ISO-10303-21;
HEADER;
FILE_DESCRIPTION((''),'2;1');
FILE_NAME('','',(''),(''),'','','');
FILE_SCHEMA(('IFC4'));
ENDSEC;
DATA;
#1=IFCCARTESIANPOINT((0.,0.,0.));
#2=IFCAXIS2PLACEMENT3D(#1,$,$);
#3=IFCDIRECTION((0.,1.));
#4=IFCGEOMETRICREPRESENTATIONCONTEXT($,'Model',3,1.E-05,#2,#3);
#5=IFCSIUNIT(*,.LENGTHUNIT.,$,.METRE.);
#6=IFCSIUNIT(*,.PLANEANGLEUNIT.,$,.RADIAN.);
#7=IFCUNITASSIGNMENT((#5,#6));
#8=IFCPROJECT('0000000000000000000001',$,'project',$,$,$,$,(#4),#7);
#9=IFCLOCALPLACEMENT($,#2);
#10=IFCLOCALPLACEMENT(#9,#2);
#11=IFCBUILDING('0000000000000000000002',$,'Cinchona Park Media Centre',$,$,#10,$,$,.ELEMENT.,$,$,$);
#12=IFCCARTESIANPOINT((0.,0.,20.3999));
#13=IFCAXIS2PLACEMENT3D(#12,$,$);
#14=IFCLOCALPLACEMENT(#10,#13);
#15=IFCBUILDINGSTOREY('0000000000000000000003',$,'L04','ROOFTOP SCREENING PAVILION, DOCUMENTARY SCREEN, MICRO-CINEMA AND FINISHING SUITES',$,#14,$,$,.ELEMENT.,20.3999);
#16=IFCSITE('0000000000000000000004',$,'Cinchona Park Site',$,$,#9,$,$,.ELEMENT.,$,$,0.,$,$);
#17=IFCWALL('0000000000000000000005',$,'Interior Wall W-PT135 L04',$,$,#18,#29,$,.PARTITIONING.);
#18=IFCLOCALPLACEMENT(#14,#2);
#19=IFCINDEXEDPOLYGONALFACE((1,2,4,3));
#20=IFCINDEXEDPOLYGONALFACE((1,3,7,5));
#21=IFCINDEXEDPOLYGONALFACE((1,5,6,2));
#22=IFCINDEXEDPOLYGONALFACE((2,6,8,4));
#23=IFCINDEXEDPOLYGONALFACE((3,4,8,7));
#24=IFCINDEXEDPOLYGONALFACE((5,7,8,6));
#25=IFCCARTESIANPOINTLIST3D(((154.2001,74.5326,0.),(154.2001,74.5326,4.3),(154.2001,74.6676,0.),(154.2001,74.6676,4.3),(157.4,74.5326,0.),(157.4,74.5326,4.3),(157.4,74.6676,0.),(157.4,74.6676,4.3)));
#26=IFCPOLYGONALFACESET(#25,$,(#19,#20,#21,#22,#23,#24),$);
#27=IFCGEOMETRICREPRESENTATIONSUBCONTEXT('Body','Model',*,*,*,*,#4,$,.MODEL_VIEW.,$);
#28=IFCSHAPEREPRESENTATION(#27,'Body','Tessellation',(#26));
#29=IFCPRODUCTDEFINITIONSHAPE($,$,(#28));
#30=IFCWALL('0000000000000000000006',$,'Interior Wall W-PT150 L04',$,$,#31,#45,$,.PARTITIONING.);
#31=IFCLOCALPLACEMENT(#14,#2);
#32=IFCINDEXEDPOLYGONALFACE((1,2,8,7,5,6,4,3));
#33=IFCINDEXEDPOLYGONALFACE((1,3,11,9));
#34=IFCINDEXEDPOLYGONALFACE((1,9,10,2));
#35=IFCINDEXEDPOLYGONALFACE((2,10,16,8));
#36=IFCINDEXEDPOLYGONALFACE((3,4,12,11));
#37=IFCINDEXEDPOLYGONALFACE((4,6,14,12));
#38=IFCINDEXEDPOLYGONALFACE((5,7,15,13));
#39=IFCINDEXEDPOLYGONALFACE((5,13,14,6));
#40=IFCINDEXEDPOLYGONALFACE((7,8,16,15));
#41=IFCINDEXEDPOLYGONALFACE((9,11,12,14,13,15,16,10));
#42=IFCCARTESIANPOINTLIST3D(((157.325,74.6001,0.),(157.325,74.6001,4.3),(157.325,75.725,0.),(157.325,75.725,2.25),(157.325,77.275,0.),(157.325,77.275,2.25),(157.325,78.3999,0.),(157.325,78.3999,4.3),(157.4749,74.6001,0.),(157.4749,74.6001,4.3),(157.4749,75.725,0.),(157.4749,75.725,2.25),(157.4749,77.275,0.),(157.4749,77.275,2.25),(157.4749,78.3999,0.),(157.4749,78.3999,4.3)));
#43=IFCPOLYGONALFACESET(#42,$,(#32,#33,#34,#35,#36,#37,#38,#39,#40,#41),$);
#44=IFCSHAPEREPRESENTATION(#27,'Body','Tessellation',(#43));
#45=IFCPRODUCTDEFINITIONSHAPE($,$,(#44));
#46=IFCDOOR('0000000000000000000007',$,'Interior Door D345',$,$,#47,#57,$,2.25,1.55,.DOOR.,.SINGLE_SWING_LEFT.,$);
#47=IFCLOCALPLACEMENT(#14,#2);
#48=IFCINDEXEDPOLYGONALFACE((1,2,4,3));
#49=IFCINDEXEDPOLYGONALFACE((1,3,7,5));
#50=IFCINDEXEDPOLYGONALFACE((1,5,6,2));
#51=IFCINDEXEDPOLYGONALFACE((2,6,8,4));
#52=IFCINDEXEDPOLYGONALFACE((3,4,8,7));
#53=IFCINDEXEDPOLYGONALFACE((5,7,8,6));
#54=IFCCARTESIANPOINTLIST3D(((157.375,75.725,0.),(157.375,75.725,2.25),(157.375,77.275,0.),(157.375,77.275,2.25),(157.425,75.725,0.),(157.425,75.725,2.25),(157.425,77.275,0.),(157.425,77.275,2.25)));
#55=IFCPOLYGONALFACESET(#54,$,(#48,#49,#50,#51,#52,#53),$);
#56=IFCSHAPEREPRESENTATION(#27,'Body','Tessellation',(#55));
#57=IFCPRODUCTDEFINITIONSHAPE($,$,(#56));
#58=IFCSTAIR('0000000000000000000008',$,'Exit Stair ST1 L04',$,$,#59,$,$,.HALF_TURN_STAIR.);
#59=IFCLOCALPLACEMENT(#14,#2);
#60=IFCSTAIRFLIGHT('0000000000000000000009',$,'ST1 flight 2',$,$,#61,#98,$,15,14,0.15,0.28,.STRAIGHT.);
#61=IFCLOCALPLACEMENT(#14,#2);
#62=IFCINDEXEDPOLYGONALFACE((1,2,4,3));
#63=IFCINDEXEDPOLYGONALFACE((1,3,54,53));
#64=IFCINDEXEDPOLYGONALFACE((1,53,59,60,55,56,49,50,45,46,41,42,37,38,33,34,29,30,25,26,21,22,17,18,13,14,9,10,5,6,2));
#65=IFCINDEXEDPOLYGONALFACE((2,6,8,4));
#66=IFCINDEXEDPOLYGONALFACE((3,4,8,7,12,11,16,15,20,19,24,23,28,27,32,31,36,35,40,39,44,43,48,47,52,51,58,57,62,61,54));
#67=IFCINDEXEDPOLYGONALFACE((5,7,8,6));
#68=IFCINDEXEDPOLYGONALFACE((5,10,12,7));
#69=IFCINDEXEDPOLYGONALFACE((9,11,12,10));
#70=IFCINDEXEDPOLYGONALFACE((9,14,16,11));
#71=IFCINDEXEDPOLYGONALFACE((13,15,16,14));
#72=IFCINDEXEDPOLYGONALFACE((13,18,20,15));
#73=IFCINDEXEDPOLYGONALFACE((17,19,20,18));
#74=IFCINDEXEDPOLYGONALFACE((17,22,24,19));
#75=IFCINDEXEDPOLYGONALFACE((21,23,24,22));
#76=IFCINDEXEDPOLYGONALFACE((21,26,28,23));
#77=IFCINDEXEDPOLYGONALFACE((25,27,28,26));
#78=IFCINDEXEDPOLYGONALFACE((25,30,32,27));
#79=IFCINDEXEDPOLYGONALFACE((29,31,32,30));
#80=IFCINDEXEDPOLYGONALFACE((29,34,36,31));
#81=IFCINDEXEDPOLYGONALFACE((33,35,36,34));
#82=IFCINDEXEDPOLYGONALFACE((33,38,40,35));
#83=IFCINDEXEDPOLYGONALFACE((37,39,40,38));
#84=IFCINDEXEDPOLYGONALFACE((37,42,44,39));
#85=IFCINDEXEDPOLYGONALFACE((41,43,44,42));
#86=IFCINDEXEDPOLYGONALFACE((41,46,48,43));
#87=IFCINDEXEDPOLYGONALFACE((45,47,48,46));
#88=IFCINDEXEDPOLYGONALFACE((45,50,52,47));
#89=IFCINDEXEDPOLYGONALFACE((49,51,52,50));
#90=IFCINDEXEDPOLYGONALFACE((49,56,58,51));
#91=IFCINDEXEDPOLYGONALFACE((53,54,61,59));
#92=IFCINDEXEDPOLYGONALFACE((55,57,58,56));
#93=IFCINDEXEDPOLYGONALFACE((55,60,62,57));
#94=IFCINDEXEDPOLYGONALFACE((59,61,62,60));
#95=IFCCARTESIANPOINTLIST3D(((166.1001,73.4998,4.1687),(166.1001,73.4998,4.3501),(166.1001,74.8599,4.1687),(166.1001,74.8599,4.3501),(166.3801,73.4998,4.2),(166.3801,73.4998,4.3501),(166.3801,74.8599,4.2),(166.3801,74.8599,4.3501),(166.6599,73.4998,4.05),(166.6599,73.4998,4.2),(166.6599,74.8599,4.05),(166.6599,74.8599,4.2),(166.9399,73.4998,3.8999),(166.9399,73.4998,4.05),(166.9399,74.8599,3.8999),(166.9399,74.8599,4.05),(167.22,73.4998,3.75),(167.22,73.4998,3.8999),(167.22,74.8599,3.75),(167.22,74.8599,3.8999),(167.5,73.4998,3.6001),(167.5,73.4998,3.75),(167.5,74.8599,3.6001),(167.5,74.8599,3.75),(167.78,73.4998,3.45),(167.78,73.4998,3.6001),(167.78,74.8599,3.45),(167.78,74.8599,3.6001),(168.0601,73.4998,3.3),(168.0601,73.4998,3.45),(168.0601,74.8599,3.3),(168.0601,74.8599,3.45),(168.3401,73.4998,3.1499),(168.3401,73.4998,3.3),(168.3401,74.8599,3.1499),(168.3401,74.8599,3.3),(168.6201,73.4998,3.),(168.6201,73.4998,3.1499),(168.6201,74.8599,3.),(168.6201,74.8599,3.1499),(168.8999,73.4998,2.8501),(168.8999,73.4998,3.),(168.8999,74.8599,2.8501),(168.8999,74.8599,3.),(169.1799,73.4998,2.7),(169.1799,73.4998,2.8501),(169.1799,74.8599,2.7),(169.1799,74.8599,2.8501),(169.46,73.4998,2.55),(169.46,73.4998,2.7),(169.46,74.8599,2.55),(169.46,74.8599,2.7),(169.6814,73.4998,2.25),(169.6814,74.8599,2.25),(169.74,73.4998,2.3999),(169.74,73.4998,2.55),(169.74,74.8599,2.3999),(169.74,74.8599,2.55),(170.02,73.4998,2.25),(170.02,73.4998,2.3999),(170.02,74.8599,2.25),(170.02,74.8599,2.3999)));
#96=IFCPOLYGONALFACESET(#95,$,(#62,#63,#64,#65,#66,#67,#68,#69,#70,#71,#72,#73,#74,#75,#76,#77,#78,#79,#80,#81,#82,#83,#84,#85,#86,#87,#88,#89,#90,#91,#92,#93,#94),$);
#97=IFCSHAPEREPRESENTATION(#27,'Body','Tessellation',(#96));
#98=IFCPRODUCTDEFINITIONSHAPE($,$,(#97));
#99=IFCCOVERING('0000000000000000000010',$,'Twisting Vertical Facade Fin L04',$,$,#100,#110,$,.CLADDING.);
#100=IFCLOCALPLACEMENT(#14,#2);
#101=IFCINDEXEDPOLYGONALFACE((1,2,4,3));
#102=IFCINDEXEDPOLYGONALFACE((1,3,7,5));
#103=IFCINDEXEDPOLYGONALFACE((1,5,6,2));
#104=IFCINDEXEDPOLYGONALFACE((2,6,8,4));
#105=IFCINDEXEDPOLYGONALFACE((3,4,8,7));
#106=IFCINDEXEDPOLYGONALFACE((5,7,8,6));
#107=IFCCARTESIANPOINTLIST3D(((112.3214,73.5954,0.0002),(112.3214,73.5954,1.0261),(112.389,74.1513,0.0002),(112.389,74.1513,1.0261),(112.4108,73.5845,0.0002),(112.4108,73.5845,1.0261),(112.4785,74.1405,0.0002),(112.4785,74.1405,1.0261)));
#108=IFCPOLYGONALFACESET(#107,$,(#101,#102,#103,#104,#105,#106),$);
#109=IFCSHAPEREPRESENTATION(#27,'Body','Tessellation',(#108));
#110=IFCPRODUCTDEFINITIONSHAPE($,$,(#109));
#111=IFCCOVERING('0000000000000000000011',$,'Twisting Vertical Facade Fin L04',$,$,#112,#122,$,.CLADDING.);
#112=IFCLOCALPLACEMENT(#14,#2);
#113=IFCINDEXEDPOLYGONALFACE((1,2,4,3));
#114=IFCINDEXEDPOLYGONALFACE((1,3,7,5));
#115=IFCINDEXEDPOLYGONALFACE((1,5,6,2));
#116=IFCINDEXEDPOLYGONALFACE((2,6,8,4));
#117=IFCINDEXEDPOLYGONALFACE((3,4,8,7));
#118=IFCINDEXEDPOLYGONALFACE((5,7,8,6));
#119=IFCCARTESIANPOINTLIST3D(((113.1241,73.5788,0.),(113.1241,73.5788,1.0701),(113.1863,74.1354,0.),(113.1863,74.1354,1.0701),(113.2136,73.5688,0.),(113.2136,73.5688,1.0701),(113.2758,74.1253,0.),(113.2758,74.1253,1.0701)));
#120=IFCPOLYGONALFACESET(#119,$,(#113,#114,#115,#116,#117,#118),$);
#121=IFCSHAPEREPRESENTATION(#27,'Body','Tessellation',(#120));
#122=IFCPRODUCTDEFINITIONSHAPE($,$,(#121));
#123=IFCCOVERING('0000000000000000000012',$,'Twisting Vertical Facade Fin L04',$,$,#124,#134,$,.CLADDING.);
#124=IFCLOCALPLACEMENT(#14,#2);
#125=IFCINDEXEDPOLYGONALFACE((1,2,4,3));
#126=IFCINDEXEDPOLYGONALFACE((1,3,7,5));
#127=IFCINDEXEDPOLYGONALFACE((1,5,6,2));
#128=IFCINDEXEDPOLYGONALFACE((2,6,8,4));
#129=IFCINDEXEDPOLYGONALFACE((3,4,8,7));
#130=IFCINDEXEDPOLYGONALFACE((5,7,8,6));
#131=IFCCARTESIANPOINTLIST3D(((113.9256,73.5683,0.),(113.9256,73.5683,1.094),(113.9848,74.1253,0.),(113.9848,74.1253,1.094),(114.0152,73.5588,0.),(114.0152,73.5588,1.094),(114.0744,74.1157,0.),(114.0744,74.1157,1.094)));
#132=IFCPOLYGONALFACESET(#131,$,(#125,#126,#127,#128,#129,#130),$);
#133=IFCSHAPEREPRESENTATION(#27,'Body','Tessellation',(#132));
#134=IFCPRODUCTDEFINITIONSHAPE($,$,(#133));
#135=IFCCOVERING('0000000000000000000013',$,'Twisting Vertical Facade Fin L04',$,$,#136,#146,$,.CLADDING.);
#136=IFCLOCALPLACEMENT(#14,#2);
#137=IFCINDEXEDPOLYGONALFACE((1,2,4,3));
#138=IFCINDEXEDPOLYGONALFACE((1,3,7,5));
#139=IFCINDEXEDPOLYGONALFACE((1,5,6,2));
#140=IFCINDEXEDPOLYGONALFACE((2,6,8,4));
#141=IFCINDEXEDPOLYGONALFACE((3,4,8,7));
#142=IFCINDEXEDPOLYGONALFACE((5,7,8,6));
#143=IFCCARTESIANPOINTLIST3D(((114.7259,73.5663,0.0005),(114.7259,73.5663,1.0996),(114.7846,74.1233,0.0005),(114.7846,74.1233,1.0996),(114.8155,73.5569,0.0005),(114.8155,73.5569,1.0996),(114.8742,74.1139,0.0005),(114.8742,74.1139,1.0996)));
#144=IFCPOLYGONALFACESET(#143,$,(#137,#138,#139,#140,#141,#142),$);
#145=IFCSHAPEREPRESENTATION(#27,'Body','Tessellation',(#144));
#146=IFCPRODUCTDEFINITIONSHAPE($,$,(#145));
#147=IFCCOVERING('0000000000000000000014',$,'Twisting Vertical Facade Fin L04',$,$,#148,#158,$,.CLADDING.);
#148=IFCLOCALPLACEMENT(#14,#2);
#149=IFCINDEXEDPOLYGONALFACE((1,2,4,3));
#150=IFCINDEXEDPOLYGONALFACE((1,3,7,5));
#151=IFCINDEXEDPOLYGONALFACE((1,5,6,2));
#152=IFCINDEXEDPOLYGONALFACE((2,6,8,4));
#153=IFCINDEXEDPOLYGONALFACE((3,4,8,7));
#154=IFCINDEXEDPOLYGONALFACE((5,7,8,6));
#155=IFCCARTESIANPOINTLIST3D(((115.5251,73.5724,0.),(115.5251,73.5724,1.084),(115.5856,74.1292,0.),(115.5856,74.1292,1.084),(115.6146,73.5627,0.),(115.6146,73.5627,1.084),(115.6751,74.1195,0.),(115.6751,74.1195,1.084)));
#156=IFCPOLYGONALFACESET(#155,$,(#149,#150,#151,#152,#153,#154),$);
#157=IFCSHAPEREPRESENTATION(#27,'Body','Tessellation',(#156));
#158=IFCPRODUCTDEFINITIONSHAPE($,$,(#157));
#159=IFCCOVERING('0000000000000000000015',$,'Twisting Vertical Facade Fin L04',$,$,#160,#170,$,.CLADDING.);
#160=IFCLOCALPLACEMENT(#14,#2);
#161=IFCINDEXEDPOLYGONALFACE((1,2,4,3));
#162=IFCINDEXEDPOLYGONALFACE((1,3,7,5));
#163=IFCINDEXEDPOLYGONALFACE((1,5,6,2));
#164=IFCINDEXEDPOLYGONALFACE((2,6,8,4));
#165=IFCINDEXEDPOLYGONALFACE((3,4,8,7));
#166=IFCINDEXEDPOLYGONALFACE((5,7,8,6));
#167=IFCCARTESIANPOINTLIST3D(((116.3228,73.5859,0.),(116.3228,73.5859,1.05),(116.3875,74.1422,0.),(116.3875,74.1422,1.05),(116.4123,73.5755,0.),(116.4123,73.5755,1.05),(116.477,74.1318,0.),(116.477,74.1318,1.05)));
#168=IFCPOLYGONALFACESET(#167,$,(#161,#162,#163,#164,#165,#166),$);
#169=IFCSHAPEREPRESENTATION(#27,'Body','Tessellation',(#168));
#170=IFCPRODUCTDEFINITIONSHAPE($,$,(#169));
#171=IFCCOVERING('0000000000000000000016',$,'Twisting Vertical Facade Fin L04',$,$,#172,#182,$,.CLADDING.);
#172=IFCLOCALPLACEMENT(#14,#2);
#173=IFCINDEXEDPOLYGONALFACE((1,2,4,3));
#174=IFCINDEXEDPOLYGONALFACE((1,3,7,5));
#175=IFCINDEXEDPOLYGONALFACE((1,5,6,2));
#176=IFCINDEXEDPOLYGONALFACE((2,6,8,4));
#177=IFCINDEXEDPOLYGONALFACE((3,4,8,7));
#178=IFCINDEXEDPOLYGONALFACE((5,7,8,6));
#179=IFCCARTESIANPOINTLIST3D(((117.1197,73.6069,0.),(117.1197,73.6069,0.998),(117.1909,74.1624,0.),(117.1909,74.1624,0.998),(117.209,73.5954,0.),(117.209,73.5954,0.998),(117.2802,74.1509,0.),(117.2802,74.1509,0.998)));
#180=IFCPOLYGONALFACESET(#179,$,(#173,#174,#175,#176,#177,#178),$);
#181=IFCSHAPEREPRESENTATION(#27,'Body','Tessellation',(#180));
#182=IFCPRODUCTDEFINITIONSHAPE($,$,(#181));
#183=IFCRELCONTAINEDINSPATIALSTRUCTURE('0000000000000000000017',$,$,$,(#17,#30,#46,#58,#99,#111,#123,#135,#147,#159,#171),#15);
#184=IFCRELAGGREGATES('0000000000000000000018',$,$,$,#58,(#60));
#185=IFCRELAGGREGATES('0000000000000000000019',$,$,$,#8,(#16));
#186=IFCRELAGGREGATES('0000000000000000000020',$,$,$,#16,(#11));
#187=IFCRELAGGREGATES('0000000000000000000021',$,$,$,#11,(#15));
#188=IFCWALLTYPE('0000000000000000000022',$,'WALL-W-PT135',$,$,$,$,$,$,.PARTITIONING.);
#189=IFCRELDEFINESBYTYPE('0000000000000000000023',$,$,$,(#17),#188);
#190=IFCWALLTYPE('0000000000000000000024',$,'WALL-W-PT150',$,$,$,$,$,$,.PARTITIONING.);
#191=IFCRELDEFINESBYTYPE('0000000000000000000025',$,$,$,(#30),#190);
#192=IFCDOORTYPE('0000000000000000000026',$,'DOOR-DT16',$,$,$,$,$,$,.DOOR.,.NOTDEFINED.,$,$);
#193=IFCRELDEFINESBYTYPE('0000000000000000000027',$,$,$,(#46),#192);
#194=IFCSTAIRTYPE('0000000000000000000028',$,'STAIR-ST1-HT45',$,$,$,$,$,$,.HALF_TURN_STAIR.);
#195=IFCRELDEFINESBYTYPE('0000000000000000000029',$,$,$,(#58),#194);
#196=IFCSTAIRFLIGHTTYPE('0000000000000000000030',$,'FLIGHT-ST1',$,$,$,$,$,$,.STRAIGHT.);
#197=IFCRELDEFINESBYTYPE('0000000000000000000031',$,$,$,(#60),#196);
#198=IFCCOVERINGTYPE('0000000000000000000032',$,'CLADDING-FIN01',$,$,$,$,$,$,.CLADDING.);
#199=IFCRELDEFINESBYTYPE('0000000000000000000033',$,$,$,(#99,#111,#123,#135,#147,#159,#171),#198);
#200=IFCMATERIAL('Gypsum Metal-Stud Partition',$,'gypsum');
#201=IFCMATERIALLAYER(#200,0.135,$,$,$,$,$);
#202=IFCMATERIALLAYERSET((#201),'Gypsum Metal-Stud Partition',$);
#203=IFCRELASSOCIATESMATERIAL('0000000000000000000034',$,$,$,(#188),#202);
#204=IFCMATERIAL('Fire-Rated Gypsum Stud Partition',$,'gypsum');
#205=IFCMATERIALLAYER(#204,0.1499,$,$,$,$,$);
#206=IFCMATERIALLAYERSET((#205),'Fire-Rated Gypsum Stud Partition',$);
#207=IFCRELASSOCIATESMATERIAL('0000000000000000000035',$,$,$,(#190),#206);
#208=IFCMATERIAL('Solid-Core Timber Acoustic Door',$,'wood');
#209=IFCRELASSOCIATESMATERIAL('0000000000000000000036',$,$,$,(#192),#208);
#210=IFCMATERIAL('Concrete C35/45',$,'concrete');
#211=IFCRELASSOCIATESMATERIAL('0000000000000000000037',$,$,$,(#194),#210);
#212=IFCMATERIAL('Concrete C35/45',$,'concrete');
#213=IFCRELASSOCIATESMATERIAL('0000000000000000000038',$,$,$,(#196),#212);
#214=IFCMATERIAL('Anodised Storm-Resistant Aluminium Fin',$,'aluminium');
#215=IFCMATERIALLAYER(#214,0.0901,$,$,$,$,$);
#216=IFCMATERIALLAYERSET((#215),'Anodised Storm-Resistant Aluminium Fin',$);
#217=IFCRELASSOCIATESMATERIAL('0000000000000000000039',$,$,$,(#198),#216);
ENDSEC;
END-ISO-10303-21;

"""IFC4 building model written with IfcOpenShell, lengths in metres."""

from ifc_helpers import new_model, si_unit, direction, frame, frame_2d, origin, origin_2d, place, context, subcontext, project, spatial, polyline, rectangle, outline, extrude, material, layer, layer_set, type_object, element, fill, aggregate, save


model = new_model("IFC4")

# Units and contexts
model_context = context("Model", 3, precision=1e-05, world=origin(), true_north=direction((0.0, 1.0)))
body_context = subcontext(model_context, "Body", "Model", "MODEL_VIEW")
ifc_project = project(units=[si_unit("LENGTHUNIT", "METRE"), si_unit("PLANEANGLEUNIT", "RADIAN")], contexts=[model_context])

# Site, building, storey
site_placement = place(None, origin())
site = spatial("IfcSite", under=ifc_project, at=site_placement, Name="Cinchona Park Site", CompositionType="ELEMENT", RefElevation=0.0)
building_placement = place(site_placement, origin())
building = spatial("IfcBuilding", under=site, at=building_placement, Name="Cinchona Park Media Centre", CompositionType="ELEMENT")
storey_placement = place(building_placement, frame((0.0, 0.0, 20.3999)))
storey = spatial("IfcBuildingStorey", under=building, at=storey_placement, Name="L04", Description="ROOFTOP SCREENING PAVILION, DOCUMENTARY SCREEN, MICRO-CINEMA AND FINISHING SUITES", CompositionType="ELEMENT", Elevation=20.3999)

# Wall
ifc_material_1 = material(Name="Gypsum Metal-Stud Partition", Category="gypsum")
ifc_layer_1 = layer(ifc_material_1, 0.135)
ifc_layer_set_1 = layer_set([ifc_layer_1], Name="Gypsum Metal-Stud Partition")
wall_type_1 = type_object("IfcWallType", Name="WALL-W-PT135", PredefinedType="PARTITIONING", material=ifc_layer_set_1)
wall_1_placement = place(storey_placement, frame((154.2, 74.6001, 0.0), z_axis=(0.0, 0.0, 1.0), x_axis=(1.0, 0.0, 0.0)))
element("IfcWall", 1, at=wall_1_placement, inside=storey, type_object=wall_type_1, Name="Interior Wall W-PT135 L04", PredefinedType="PARTITIONING", context=body_context, shape_type="SweptSolid", body=[
    extrude(rectangle(XDim=3.2, YDim=0.135, at=frame_2d((1.6001, 0.0))), origin(), (0.0, 0.0, 1.0), 4.3),
])

# Wall, opening, door
ifc_material_2 = material(Name="Fire-Rated Gypsum Stud Partition", Category="gypsum")
ifc_layer_2 = layer(ifc_material_2, 0.1499)
ifc_layer_set_2 = layer_set([ifc_layer_2], Name="Fire-Rated Gypsum Stud Partition")
wall_type_2 = type_object("IfcWallType", Name="WALL-W-PT150", PredefinedType="PARTITIONING", material=ifc_layer_set_2)
wall_2_placement = place(storey_placement, frame((157.3999, 74.6001, 0.0), z_axis=(0.0, 0.0, 1.0), x_axis=(0.0, 1.0, 0.0)))
wall_2 = element("IfcWall", 2, at=wall_2_placement, inside=storey, type_object=wall_type_2, Name="Interior Wall W-PT150 L04", PredefinedType="PARTITIONING", context=body_context, shape_type="SweptSolid", body=[
    extrude(rectangle(XDim=3.7998, YDim=0.1499, at=frame_2d((1.8999, 0.0))), origin(), (0.0, 0.0, 1.0), 4.3),
])
opening_placement = place(wall_2_placement, frame((1.125, 0.0, 0.0)))
opening = element("IfcOpeningElement", 3, at=opening_placement, cuts=wall_2, PredefinedType="OPENING", context=body_context, shape_type="SweptSolid", body=[
    extrude(rectangle(XDim=1.55, YDim=2.25, at=frame_2d((0.7749, 1.125))), frame((0.0, 0.085, 0.0), z_axis=(0.0, -1.0, 0.0), x_axis=(1.0, 0.0, 0.0)), (0.0, 0.0, 1.0), 0.1699),
])
ifc_material_3 = material(Name="Solid-Core Timber Acoustic Door", Category="wood")
door_type = type_object("IfcDoorType", Name="DOOR-DT16", OperationType="NOTDEFINED", PredefinedType="DOOR", material=ifc_material_3)
door_placement = place(opening_placement, origin())
door = element("IfcDoor", 4, at=door_placement, inside=storey, type_object=door_type, Name="Interior Door D345", OperationType="SINGLE_SWING_LEFT", OverallHeight=2.25, OverallWidth=1.55, PredefinedType="DOOR", context=body_context, shape_type="SweptSolid", body=[
    extrude(rectangle(XDim=1.55, YDim=2.25, at=frame_2d((0.7749, 1.125))), frame((0.0, 0.0249, 0.0), z_axis=(0.0, -1.0, 0.0), x_axis=(1.0, 0.0, 0.0)), (0.0, 0.0, 1.0), 0.05),
])
fill(opening, door)

# Stair, stair flight
ifc_material_4 = material(Name="Concrete C35/45", Category="concrete")
stair_type = type_object("IfcStairType", Name="STAIR-ST1-HT45", PredefinedType="HALF_TURN_STAIR", material=ifc_material_4)
stair_placement = place(storey_placement, origin())
stair = element("IfcStair", 5, at=stair_placement, inside=storey, type_object=stair_type, Name="Exit Stair ST1 L04", PredefinedType="HALF_TURN_STAIR")
ifc_material_5 = material(Name="Concrete C35/45", Category="concrete")
stair_flight_type = type_object("IfcStairFlightType", Name="FLIGHT-ST1", PredefinedType="STRAIGHT", material=ifc_material_5)
stair_flight_placement = place(storey_placement, frame((170.02, 74.1799, 2.25), z_axis=(0.0, 0.0, 1.0), x_axis=(-1.0, 0.0, 0.0)))
stair_flight = element("IfcStairFlight", 6, at=stair_flight_placement, type_object=stair_flight_type, Name="ST1 flight 2", NumberOfRisers=15, NumberOfTreads=14, PredefinedType="STRAIGHT", RiserHeight=0.15, TreadLength=0.28, context=body_context, shape_type="SweptSolid", body=[
    extrude(outline(polyline([(0.0, 0.0), (0.0, 0.1499), (0.28, 0.1499), (0.28, 0.3), (0.5601, 0.3), (0.5601, 0.45), (0.8401, 0.45), (0.8401, 0.6001), (1.1201, 0.6001), (1.1201, 0.75), (1.3999, 0.75), (1.3999, 0.8999), (1.6799, 0.8999), (1.6799, 1.05), (1.96, 1.05), (1.96, 1.2), (2.24, 1.2), (2.24, 1.3501), (2.52, 1.3501), (2.52, 1.5), (2.8, 1.5), (2.8, 1.6499), (3.0801, 1.6499), (3.0801, 1.8), (3.3601, 1.8), (3.3601, 1.95), (3.6399, 1.95), (3.6399, 2.1001), (3.9199, 2.1001), (3.9199, 2.25), (3.9199, 1.9187), (0.3386, 0.0), (0.0, 0.0)])), frame((0.0, 0.6802, 0.0), z_axis=(0.0, -1.0, 0.0), x_axis=(1.0, 0.0, 0.0)), (0.0, 0.0, 1.0), 1.3601),
])
aggregate(stair, [stair_flight])

# Coverings
ifc_material_6 = material(Name="Anodised Storm-Resistant Aluminium Fin", Category="aluminium")
ifc_layer_3 = layer(ifc_material_6, 0.0901)
ifc_layer_set_3 = layer_set([ifc_layer_3], Name="Anodised Storm-Resistant Aluminium Fin")
covering_type = type_object("IfcCoveringType", Name="CLADDING-FIN01", PredefinedType="CLADDING", material=ifc_layer_set_3)
covering_1_placement = place(storey_placement, frame((112.3999, 73.8679, 0.0002), z_axis=(0.0, 0.0, 1.0), x_axis=(0.12083, 0.992673, 0.0)))
element("IfcCovering", 7, at=covering_1_placement, inside=storey, type_object=covering_type, Name="Twisting Vertical Facade Fin L04", PredefinedType="CLADDING", context=body_context, shape_type="SweptSolid", body=[
    extrude(rectangle(XDim=0.5601, YDim=0.0901, at=origin_2d()), origin(), (0.0, 0.0, 1.0), 1.0259),
])
covering_2_placement = place(storey_placement, frame((113.2, 73.8521, 0.0), z_axis=(0.0, 0.0, 1.0), x_axis=(0.111122, 0.993807, 0.0)))
element("IfcCovering", 8, at=covering_2_placement, inside=storey, type_object=covering_type, Name="Twisting Vertical Facade Fin L04", PredefinedType="CLADDING", context=body_context, shape_type="SweptSolid", body=[
    extrude(rectangle(XDim=0.5601, YDim=0.0901, at=origin_2d()), origin(), (0.0, 0.0, 1.0), 1.0701),
])
covering_3_placement = place(storey_placement, frame((114.0, 73.842, 0.0), z_axis=(0.0, 0.0, 1.0), x_axis=(0.105743, 0.994393, 0.0)))
element("IfcCovering", 9, at=covering_3_placement, inside=storey, type_object=covering_type, Name="Twisting Vertical Facade Fin L04", PredefinedType="CLADDING", context=body_context, shape_type="SweptSolid", body=[
    extrude(rectangle(XDim=0.5601, YDim=0.0901, at=origin_2d()), origin(), (0.0, 0.0, 1.0), 1.094),
])
covering_4_placement = place(storey_placement, frame((114.8, 73.8401, 0.0005), z_axis=(0.0, 0.0, 1.0), x_axis=(0.104702, 0.994504, 0.0)))
element("IfcCovering", 10, at=covering_4_placement, inside=storey, type_object=covering_type, Name="Twisting Vertical Facade Fin L04", PredefinedType="CLADDING", context=body_context, shape_type="SweptSolid", body=[
    extrude(rectangle(XDim=0.5601, YDim=0.0901, at=origin_2d()), origin(), (0.0, 0.0, 1.0), 1.0991),
])
covering_5_placement = place(storey_placement, frame((115.6001, 73.8459, 0.0), z_axis=(0.0, 0.0, 1.0), x_axis=(0.107999, 0.994151, 0.0)))
element("IfcCovering", 11, at=covering_5_placement, inside=storey, type_object=covering_type, Name="Twisting Vertical Facade Fin L04", PredefinedType="CLADDING", context=body_context, shape_type="SweptSolid", body=[
    extrude(rectangle(XDim=0.5601, YDim=0.0901, at=origin_2d()), origin(), (0.0, 0.0, 1.0), 1.084),
])
covering_6_placement = place(storey_placement, frame((116.3999, 73.8589, 0.0), z_axis=(0.0, 0.0, 1.0), x_axis=(0.115457, 0.993312, 0.0)))
element("IfcCovering", 12, at=covering_6_placement, inside=storey, type_object=covering_type, Name="Twisting Vertical Facade Fin L04", PredefinedType="CLADDING", context=body_context, shape_type="SweptSolid", body=[
    extrude(rectangle(XDim=0.5601, YDim=0.0901, at=origin_2d()), origin(), (0.0, 0.0, 1.0), 1.05),
])
covering_7_placement = place(storey_placement, frame((117.2, 73.8789, 0.0), z_axis=(0.0, 0.0, 1.0), x_axis=(0.127065, 0.991894, 0.0)))
element("IfcCovering", 13, at=covering_7_placement, inside=storey, type_object=covering_type, Name="Twisting Vertical Facade Fin L04", PredefinedType="CLADDING", context=body_context, shape_type="SweptSolid", body=[
    extrude(rectangle(XDim=0.5601, YDim=0.0901, at=origin_2d()), origin(), (0.0, 0.0, 1.0), 0.998),
])

save(model, "model.ifc")
